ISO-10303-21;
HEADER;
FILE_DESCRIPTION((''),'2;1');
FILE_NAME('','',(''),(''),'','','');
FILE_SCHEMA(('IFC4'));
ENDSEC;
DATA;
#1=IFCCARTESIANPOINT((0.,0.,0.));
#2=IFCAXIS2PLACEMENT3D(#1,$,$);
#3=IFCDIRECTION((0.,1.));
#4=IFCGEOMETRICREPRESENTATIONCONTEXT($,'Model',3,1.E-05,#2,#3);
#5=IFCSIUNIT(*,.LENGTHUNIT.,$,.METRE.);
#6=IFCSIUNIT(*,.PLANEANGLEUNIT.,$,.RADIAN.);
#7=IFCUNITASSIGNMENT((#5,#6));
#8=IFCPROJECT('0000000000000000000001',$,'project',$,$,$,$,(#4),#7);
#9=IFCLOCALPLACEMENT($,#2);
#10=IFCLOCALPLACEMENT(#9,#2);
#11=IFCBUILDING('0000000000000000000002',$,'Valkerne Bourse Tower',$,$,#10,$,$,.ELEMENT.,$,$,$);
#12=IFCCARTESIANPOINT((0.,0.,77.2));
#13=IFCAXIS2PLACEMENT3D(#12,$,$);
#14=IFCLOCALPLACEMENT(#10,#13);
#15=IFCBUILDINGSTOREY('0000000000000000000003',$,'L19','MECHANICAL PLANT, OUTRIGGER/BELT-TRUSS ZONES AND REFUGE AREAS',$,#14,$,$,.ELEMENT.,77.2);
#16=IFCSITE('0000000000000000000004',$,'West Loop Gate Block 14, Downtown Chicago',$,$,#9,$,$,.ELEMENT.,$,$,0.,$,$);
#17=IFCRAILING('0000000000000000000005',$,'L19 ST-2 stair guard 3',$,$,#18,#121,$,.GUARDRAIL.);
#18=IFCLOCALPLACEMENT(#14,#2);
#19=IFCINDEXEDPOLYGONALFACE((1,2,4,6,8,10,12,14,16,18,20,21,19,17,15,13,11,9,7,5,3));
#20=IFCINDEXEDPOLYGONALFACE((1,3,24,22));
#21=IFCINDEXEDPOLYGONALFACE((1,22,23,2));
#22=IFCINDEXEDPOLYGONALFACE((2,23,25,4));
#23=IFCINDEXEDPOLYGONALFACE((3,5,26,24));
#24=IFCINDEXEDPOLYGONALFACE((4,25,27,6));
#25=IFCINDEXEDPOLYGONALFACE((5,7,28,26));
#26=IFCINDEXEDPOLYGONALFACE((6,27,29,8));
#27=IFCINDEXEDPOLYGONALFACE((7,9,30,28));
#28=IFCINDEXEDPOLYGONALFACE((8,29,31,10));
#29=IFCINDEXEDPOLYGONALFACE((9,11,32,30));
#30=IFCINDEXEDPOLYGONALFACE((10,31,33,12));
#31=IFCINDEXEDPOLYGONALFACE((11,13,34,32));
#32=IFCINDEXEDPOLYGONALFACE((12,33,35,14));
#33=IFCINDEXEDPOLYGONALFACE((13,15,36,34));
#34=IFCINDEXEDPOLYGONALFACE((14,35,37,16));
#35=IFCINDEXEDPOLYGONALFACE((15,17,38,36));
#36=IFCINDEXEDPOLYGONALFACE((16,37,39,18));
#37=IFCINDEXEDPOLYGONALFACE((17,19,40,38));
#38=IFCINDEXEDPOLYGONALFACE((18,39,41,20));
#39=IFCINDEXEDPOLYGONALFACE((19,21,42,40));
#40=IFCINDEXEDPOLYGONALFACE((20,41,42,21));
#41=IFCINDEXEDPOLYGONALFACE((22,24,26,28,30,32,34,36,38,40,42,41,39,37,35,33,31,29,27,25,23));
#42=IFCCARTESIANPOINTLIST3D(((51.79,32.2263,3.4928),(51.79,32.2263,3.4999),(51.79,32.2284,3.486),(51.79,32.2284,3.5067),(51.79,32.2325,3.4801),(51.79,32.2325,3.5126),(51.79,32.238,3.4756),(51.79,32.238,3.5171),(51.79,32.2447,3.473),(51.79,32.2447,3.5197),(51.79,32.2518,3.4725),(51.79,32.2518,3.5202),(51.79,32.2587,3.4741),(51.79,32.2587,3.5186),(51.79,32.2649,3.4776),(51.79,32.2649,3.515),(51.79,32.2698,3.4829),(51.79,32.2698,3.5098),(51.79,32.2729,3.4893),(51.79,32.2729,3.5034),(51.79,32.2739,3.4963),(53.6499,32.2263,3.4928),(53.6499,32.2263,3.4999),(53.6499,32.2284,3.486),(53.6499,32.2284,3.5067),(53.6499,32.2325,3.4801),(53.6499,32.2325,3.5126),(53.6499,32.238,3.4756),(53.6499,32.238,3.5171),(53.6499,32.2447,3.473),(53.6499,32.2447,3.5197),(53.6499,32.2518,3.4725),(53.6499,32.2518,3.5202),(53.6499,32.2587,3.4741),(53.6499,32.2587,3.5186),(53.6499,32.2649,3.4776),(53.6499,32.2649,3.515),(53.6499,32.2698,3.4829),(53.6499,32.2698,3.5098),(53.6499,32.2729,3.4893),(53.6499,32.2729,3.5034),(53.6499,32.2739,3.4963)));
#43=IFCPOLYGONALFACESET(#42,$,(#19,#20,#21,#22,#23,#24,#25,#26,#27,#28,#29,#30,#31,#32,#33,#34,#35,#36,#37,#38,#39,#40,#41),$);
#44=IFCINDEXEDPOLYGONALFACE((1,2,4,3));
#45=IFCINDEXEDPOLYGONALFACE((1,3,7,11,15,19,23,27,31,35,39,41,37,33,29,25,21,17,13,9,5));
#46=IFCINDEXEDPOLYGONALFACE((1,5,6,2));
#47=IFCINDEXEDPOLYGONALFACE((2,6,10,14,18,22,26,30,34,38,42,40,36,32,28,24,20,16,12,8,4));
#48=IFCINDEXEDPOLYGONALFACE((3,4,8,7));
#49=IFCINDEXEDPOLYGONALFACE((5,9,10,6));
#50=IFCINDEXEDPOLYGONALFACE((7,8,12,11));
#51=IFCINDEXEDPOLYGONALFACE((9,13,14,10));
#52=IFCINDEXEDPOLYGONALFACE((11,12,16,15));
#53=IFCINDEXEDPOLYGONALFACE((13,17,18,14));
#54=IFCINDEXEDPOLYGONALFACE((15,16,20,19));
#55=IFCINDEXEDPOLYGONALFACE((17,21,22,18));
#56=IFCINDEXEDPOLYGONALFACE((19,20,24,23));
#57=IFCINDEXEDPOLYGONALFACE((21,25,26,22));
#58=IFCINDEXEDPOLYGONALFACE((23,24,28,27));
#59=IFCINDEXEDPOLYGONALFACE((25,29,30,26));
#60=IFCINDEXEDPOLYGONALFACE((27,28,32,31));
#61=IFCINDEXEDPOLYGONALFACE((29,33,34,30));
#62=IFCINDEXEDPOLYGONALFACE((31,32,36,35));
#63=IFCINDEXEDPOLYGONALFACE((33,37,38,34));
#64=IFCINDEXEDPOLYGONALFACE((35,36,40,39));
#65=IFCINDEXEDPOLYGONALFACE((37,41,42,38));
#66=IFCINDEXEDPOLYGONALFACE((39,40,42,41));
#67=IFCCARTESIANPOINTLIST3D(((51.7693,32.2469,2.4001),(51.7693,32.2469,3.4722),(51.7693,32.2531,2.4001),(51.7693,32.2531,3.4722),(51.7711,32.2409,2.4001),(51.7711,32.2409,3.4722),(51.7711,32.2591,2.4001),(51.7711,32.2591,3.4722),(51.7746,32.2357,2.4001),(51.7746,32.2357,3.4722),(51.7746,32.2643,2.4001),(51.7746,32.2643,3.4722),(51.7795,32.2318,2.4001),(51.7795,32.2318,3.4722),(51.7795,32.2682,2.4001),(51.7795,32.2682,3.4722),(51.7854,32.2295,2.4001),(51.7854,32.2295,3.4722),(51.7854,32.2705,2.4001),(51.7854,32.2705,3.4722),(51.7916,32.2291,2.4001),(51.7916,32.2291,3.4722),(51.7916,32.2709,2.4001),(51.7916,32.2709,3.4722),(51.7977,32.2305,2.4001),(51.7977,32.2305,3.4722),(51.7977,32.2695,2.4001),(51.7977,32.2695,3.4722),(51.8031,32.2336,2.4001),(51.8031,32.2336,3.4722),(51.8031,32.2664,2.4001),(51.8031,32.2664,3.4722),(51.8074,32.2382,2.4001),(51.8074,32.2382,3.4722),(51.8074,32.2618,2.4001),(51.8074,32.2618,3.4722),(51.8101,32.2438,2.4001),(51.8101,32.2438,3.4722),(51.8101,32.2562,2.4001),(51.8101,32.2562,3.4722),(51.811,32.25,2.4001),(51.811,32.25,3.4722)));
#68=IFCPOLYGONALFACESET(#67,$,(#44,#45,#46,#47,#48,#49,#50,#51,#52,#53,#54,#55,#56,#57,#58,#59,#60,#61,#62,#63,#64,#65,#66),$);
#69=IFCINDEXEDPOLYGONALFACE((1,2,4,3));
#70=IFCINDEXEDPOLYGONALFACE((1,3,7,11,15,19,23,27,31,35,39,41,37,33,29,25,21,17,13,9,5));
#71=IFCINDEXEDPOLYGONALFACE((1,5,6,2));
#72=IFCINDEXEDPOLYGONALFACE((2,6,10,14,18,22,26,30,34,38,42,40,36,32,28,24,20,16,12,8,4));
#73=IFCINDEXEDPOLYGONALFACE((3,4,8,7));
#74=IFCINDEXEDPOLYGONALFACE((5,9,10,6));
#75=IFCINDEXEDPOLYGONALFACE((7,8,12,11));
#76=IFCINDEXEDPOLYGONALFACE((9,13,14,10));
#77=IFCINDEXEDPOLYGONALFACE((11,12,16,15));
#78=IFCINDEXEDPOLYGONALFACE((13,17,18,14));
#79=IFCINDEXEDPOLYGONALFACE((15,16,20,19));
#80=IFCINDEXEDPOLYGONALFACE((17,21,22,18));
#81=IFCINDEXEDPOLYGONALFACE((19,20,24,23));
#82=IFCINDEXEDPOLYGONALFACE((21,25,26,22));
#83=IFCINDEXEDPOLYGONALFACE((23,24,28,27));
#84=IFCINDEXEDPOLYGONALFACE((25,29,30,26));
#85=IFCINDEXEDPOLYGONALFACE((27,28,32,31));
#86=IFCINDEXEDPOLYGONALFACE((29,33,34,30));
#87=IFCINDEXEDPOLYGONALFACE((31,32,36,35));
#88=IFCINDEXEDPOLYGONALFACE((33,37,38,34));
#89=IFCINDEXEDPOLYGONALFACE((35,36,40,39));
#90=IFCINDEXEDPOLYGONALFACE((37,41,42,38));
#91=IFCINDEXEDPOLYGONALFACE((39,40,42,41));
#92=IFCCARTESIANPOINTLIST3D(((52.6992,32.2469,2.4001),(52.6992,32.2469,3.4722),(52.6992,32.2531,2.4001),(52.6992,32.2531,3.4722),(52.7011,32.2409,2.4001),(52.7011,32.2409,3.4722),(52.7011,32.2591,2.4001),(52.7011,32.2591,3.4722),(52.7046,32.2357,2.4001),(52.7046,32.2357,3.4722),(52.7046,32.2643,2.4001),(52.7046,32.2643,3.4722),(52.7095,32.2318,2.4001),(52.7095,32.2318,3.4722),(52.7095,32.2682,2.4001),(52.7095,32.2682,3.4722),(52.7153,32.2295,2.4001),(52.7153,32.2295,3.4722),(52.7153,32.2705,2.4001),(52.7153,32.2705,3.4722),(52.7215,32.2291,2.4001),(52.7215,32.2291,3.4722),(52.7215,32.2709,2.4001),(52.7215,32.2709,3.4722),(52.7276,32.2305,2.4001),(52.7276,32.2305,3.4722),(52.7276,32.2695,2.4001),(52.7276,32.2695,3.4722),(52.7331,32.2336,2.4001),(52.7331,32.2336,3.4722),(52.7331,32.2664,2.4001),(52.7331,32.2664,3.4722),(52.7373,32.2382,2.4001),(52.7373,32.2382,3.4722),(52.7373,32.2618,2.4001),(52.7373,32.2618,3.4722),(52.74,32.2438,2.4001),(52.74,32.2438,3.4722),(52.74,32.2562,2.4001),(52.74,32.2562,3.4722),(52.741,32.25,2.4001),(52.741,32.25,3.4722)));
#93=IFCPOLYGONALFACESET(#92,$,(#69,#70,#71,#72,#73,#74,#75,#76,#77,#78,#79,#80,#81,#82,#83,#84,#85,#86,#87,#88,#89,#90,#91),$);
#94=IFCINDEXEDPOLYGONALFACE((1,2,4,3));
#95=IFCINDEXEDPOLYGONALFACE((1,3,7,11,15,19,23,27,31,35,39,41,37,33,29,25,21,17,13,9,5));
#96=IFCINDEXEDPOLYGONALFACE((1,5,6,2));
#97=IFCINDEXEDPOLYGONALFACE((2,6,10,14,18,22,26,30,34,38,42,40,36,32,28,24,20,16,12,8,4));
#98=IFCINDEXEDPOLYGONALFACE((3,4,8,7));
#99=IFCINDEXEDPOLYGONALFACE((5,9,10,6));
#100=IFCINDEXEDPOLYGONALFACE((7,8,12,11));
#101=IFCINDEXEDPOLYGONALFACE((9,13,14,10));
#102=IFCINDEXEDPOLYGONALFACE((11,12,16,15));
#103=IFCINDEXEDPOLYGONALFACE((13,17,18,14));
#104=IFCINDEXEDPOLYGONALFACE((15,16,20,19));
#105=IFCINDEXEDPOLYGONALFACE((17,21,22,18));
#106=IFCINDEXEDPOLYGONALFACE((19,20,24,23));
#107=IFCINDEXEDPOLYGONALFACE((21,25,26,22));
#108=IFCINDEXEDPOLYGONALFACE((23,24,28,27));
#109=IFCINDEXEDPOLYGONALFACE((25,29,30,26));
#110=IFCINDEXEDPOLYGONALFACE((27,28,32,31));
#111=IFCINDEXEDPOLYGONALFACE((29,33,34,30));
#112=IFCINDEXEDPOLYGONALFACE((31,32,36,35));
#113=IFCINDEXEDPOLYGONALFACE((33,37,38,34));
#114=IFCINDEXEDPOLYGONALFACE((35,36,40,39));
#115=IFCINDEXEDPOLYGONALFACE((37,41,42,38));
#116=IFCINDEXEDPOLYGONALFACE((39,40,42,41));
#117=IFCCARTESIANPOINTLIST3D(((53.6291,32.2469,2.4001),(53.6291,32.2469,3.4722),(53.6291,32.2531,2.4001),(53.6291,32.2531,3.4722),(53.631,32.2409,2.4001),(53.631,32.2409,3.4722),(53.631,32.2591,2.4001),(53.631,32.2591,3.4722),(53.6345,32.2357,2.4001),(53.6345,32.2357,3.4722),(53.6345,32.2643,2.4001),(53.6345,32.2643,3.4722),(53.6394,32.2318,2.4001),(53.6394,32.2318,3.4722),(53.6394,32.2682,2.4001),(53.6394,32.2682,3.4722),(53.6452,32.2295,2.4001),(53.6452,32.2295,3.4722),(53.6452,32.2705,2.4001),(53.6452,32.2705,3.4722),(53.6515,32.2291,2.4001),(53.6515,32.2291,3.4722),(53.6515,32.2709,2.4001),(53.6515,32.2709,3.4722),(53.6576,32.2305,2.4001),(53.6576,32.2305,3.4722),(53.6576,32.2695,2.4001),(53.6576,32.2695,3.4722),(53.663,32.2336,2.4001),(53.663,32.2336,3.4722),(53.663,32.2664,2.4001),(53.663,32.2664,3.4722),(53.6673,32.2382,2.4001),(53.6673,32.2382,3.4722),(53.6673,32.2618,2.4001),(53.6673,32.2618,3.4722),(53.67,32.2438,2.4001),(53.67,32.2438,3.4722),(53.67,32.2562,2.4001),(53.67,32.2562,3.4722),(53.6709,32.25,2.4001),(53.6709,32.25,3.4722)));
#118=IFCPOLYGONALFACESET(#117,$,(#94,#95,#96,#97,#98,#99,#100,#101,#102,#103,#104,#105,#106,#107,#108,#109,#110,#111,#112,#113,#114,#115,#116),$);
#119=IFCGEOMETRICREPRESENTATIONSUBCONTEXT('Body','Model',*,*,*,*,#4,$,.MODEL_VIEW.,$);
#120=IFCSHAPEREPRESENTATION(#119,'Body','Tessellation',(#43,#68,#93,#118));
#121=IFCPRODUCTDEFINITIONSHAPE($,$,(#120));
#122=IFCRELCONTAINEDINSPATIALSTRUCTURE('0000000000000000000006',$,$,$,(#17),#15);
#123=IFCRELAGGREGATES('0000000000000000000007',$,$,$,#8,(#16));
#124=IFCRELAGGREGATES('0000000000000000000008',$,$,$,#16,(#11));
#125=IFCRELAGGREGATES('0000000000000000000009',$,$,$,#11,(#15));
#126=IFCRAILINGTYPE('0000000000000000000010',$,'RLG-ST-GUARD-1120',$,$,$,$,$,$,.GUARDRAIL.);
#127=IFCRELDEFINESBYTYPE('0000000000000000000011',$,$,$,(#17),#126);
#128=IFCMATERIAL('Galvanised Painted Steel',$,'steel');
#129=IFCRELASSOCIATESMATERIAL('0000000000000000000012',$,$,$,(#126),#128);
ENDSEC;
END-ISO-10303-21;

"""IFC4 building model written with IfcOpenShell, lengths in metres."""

from ifc_helpers import new_model, si_unit, direction, frame, origin, origin_2d, place, context, subcontext, project, spatial, circle, extrude, material, type_object, element, save


model = new_model("IFC4")

# Units and contexts
model_context = context("Model", 3, precision=1e-05, world=origin(), true_north=direction((0.0, 1.0)))
body_context = subcontext(model_context, "Body", "Model", "MODEL_VIEW")
ifc_project = project(units=[si_unit("LENGTHUNIT", "METRE"), si_unit("PLANEANGLEUNIT", "RADIAN")], contexts=[model_context])

# Site, building, storey
site_placement = place(None, origin())
site = spatial("IfcSite", under=ifc_project, at=site_placement, Name="West Loop Gate Block 14, Downtown Chicago", CompositionType="ELEMENT", RefElevation=0.0)
building_placement = place(site_placement, origin())
building = spatial("IfcBuilding", under=site, at=building_placement, Name="Valkerne Bourse Tower", CompositionType="ELEMENT")
storey_placement = place(building_placement, frame((0.0, 0.0, 77.2)))
storey = spatial("IfcBuildingStorey", under=building, at=storey_placement, Name="L19", Description="MECHANICAL PLANT, OUTRIGGER/BELT-TRUSS ZONES AND REFUGE AREAS", CompositionType="ELEMENT", Elevation=77.2)

# Shared definitions
ifc_material_1 = material(Name="Galvanised Painted Steel", Category="steel")

# Railing
railing_type_1 = type_object("IfcRailingType", Name="RLG-ST-GUARD-1120", PredefinedType="GUARDRAIL", material=ifc_material_1)
railing_1_placement = place(storey_placement, frame((51.79, 32.25, 2.4001)))
element("IfcRailing", 1, at=railing_1_placement, inside=storey, type_object=railing_type_1, Name="L19 ST-2 stair guard 3", PredefinedType="GUARDRAIL", context=body_context, shape_type="SweptSolid", body=[
    extrude(circle(Radius=0.0239, at=origin_2d()), frame((0.0, 0.0, 1.0962), z_axis=(1.0, 0.0, 0.0), x_axis=(0.0, 1.0, 0.0)), (0.0, 0.0, 1.0), 1.8599),
    extrude(circle(Radius=0.021, at=origin_2d()), origin(), (0.0, 0.0, 1.0), 1.072),
    extrude(circle(Radius=0.021, at=origin_2d()), frame((0.9299, 0.0, 0.0)), (0.0, 0.0, 1.0), 1.072),
    extrude(circle(Radius=0.021, at=origin_2d()), frame((1.8599, 0.0, 0.0)), (0.0, 0.0, 1.0), 1.072),
])

save(model, "model.ifc")
